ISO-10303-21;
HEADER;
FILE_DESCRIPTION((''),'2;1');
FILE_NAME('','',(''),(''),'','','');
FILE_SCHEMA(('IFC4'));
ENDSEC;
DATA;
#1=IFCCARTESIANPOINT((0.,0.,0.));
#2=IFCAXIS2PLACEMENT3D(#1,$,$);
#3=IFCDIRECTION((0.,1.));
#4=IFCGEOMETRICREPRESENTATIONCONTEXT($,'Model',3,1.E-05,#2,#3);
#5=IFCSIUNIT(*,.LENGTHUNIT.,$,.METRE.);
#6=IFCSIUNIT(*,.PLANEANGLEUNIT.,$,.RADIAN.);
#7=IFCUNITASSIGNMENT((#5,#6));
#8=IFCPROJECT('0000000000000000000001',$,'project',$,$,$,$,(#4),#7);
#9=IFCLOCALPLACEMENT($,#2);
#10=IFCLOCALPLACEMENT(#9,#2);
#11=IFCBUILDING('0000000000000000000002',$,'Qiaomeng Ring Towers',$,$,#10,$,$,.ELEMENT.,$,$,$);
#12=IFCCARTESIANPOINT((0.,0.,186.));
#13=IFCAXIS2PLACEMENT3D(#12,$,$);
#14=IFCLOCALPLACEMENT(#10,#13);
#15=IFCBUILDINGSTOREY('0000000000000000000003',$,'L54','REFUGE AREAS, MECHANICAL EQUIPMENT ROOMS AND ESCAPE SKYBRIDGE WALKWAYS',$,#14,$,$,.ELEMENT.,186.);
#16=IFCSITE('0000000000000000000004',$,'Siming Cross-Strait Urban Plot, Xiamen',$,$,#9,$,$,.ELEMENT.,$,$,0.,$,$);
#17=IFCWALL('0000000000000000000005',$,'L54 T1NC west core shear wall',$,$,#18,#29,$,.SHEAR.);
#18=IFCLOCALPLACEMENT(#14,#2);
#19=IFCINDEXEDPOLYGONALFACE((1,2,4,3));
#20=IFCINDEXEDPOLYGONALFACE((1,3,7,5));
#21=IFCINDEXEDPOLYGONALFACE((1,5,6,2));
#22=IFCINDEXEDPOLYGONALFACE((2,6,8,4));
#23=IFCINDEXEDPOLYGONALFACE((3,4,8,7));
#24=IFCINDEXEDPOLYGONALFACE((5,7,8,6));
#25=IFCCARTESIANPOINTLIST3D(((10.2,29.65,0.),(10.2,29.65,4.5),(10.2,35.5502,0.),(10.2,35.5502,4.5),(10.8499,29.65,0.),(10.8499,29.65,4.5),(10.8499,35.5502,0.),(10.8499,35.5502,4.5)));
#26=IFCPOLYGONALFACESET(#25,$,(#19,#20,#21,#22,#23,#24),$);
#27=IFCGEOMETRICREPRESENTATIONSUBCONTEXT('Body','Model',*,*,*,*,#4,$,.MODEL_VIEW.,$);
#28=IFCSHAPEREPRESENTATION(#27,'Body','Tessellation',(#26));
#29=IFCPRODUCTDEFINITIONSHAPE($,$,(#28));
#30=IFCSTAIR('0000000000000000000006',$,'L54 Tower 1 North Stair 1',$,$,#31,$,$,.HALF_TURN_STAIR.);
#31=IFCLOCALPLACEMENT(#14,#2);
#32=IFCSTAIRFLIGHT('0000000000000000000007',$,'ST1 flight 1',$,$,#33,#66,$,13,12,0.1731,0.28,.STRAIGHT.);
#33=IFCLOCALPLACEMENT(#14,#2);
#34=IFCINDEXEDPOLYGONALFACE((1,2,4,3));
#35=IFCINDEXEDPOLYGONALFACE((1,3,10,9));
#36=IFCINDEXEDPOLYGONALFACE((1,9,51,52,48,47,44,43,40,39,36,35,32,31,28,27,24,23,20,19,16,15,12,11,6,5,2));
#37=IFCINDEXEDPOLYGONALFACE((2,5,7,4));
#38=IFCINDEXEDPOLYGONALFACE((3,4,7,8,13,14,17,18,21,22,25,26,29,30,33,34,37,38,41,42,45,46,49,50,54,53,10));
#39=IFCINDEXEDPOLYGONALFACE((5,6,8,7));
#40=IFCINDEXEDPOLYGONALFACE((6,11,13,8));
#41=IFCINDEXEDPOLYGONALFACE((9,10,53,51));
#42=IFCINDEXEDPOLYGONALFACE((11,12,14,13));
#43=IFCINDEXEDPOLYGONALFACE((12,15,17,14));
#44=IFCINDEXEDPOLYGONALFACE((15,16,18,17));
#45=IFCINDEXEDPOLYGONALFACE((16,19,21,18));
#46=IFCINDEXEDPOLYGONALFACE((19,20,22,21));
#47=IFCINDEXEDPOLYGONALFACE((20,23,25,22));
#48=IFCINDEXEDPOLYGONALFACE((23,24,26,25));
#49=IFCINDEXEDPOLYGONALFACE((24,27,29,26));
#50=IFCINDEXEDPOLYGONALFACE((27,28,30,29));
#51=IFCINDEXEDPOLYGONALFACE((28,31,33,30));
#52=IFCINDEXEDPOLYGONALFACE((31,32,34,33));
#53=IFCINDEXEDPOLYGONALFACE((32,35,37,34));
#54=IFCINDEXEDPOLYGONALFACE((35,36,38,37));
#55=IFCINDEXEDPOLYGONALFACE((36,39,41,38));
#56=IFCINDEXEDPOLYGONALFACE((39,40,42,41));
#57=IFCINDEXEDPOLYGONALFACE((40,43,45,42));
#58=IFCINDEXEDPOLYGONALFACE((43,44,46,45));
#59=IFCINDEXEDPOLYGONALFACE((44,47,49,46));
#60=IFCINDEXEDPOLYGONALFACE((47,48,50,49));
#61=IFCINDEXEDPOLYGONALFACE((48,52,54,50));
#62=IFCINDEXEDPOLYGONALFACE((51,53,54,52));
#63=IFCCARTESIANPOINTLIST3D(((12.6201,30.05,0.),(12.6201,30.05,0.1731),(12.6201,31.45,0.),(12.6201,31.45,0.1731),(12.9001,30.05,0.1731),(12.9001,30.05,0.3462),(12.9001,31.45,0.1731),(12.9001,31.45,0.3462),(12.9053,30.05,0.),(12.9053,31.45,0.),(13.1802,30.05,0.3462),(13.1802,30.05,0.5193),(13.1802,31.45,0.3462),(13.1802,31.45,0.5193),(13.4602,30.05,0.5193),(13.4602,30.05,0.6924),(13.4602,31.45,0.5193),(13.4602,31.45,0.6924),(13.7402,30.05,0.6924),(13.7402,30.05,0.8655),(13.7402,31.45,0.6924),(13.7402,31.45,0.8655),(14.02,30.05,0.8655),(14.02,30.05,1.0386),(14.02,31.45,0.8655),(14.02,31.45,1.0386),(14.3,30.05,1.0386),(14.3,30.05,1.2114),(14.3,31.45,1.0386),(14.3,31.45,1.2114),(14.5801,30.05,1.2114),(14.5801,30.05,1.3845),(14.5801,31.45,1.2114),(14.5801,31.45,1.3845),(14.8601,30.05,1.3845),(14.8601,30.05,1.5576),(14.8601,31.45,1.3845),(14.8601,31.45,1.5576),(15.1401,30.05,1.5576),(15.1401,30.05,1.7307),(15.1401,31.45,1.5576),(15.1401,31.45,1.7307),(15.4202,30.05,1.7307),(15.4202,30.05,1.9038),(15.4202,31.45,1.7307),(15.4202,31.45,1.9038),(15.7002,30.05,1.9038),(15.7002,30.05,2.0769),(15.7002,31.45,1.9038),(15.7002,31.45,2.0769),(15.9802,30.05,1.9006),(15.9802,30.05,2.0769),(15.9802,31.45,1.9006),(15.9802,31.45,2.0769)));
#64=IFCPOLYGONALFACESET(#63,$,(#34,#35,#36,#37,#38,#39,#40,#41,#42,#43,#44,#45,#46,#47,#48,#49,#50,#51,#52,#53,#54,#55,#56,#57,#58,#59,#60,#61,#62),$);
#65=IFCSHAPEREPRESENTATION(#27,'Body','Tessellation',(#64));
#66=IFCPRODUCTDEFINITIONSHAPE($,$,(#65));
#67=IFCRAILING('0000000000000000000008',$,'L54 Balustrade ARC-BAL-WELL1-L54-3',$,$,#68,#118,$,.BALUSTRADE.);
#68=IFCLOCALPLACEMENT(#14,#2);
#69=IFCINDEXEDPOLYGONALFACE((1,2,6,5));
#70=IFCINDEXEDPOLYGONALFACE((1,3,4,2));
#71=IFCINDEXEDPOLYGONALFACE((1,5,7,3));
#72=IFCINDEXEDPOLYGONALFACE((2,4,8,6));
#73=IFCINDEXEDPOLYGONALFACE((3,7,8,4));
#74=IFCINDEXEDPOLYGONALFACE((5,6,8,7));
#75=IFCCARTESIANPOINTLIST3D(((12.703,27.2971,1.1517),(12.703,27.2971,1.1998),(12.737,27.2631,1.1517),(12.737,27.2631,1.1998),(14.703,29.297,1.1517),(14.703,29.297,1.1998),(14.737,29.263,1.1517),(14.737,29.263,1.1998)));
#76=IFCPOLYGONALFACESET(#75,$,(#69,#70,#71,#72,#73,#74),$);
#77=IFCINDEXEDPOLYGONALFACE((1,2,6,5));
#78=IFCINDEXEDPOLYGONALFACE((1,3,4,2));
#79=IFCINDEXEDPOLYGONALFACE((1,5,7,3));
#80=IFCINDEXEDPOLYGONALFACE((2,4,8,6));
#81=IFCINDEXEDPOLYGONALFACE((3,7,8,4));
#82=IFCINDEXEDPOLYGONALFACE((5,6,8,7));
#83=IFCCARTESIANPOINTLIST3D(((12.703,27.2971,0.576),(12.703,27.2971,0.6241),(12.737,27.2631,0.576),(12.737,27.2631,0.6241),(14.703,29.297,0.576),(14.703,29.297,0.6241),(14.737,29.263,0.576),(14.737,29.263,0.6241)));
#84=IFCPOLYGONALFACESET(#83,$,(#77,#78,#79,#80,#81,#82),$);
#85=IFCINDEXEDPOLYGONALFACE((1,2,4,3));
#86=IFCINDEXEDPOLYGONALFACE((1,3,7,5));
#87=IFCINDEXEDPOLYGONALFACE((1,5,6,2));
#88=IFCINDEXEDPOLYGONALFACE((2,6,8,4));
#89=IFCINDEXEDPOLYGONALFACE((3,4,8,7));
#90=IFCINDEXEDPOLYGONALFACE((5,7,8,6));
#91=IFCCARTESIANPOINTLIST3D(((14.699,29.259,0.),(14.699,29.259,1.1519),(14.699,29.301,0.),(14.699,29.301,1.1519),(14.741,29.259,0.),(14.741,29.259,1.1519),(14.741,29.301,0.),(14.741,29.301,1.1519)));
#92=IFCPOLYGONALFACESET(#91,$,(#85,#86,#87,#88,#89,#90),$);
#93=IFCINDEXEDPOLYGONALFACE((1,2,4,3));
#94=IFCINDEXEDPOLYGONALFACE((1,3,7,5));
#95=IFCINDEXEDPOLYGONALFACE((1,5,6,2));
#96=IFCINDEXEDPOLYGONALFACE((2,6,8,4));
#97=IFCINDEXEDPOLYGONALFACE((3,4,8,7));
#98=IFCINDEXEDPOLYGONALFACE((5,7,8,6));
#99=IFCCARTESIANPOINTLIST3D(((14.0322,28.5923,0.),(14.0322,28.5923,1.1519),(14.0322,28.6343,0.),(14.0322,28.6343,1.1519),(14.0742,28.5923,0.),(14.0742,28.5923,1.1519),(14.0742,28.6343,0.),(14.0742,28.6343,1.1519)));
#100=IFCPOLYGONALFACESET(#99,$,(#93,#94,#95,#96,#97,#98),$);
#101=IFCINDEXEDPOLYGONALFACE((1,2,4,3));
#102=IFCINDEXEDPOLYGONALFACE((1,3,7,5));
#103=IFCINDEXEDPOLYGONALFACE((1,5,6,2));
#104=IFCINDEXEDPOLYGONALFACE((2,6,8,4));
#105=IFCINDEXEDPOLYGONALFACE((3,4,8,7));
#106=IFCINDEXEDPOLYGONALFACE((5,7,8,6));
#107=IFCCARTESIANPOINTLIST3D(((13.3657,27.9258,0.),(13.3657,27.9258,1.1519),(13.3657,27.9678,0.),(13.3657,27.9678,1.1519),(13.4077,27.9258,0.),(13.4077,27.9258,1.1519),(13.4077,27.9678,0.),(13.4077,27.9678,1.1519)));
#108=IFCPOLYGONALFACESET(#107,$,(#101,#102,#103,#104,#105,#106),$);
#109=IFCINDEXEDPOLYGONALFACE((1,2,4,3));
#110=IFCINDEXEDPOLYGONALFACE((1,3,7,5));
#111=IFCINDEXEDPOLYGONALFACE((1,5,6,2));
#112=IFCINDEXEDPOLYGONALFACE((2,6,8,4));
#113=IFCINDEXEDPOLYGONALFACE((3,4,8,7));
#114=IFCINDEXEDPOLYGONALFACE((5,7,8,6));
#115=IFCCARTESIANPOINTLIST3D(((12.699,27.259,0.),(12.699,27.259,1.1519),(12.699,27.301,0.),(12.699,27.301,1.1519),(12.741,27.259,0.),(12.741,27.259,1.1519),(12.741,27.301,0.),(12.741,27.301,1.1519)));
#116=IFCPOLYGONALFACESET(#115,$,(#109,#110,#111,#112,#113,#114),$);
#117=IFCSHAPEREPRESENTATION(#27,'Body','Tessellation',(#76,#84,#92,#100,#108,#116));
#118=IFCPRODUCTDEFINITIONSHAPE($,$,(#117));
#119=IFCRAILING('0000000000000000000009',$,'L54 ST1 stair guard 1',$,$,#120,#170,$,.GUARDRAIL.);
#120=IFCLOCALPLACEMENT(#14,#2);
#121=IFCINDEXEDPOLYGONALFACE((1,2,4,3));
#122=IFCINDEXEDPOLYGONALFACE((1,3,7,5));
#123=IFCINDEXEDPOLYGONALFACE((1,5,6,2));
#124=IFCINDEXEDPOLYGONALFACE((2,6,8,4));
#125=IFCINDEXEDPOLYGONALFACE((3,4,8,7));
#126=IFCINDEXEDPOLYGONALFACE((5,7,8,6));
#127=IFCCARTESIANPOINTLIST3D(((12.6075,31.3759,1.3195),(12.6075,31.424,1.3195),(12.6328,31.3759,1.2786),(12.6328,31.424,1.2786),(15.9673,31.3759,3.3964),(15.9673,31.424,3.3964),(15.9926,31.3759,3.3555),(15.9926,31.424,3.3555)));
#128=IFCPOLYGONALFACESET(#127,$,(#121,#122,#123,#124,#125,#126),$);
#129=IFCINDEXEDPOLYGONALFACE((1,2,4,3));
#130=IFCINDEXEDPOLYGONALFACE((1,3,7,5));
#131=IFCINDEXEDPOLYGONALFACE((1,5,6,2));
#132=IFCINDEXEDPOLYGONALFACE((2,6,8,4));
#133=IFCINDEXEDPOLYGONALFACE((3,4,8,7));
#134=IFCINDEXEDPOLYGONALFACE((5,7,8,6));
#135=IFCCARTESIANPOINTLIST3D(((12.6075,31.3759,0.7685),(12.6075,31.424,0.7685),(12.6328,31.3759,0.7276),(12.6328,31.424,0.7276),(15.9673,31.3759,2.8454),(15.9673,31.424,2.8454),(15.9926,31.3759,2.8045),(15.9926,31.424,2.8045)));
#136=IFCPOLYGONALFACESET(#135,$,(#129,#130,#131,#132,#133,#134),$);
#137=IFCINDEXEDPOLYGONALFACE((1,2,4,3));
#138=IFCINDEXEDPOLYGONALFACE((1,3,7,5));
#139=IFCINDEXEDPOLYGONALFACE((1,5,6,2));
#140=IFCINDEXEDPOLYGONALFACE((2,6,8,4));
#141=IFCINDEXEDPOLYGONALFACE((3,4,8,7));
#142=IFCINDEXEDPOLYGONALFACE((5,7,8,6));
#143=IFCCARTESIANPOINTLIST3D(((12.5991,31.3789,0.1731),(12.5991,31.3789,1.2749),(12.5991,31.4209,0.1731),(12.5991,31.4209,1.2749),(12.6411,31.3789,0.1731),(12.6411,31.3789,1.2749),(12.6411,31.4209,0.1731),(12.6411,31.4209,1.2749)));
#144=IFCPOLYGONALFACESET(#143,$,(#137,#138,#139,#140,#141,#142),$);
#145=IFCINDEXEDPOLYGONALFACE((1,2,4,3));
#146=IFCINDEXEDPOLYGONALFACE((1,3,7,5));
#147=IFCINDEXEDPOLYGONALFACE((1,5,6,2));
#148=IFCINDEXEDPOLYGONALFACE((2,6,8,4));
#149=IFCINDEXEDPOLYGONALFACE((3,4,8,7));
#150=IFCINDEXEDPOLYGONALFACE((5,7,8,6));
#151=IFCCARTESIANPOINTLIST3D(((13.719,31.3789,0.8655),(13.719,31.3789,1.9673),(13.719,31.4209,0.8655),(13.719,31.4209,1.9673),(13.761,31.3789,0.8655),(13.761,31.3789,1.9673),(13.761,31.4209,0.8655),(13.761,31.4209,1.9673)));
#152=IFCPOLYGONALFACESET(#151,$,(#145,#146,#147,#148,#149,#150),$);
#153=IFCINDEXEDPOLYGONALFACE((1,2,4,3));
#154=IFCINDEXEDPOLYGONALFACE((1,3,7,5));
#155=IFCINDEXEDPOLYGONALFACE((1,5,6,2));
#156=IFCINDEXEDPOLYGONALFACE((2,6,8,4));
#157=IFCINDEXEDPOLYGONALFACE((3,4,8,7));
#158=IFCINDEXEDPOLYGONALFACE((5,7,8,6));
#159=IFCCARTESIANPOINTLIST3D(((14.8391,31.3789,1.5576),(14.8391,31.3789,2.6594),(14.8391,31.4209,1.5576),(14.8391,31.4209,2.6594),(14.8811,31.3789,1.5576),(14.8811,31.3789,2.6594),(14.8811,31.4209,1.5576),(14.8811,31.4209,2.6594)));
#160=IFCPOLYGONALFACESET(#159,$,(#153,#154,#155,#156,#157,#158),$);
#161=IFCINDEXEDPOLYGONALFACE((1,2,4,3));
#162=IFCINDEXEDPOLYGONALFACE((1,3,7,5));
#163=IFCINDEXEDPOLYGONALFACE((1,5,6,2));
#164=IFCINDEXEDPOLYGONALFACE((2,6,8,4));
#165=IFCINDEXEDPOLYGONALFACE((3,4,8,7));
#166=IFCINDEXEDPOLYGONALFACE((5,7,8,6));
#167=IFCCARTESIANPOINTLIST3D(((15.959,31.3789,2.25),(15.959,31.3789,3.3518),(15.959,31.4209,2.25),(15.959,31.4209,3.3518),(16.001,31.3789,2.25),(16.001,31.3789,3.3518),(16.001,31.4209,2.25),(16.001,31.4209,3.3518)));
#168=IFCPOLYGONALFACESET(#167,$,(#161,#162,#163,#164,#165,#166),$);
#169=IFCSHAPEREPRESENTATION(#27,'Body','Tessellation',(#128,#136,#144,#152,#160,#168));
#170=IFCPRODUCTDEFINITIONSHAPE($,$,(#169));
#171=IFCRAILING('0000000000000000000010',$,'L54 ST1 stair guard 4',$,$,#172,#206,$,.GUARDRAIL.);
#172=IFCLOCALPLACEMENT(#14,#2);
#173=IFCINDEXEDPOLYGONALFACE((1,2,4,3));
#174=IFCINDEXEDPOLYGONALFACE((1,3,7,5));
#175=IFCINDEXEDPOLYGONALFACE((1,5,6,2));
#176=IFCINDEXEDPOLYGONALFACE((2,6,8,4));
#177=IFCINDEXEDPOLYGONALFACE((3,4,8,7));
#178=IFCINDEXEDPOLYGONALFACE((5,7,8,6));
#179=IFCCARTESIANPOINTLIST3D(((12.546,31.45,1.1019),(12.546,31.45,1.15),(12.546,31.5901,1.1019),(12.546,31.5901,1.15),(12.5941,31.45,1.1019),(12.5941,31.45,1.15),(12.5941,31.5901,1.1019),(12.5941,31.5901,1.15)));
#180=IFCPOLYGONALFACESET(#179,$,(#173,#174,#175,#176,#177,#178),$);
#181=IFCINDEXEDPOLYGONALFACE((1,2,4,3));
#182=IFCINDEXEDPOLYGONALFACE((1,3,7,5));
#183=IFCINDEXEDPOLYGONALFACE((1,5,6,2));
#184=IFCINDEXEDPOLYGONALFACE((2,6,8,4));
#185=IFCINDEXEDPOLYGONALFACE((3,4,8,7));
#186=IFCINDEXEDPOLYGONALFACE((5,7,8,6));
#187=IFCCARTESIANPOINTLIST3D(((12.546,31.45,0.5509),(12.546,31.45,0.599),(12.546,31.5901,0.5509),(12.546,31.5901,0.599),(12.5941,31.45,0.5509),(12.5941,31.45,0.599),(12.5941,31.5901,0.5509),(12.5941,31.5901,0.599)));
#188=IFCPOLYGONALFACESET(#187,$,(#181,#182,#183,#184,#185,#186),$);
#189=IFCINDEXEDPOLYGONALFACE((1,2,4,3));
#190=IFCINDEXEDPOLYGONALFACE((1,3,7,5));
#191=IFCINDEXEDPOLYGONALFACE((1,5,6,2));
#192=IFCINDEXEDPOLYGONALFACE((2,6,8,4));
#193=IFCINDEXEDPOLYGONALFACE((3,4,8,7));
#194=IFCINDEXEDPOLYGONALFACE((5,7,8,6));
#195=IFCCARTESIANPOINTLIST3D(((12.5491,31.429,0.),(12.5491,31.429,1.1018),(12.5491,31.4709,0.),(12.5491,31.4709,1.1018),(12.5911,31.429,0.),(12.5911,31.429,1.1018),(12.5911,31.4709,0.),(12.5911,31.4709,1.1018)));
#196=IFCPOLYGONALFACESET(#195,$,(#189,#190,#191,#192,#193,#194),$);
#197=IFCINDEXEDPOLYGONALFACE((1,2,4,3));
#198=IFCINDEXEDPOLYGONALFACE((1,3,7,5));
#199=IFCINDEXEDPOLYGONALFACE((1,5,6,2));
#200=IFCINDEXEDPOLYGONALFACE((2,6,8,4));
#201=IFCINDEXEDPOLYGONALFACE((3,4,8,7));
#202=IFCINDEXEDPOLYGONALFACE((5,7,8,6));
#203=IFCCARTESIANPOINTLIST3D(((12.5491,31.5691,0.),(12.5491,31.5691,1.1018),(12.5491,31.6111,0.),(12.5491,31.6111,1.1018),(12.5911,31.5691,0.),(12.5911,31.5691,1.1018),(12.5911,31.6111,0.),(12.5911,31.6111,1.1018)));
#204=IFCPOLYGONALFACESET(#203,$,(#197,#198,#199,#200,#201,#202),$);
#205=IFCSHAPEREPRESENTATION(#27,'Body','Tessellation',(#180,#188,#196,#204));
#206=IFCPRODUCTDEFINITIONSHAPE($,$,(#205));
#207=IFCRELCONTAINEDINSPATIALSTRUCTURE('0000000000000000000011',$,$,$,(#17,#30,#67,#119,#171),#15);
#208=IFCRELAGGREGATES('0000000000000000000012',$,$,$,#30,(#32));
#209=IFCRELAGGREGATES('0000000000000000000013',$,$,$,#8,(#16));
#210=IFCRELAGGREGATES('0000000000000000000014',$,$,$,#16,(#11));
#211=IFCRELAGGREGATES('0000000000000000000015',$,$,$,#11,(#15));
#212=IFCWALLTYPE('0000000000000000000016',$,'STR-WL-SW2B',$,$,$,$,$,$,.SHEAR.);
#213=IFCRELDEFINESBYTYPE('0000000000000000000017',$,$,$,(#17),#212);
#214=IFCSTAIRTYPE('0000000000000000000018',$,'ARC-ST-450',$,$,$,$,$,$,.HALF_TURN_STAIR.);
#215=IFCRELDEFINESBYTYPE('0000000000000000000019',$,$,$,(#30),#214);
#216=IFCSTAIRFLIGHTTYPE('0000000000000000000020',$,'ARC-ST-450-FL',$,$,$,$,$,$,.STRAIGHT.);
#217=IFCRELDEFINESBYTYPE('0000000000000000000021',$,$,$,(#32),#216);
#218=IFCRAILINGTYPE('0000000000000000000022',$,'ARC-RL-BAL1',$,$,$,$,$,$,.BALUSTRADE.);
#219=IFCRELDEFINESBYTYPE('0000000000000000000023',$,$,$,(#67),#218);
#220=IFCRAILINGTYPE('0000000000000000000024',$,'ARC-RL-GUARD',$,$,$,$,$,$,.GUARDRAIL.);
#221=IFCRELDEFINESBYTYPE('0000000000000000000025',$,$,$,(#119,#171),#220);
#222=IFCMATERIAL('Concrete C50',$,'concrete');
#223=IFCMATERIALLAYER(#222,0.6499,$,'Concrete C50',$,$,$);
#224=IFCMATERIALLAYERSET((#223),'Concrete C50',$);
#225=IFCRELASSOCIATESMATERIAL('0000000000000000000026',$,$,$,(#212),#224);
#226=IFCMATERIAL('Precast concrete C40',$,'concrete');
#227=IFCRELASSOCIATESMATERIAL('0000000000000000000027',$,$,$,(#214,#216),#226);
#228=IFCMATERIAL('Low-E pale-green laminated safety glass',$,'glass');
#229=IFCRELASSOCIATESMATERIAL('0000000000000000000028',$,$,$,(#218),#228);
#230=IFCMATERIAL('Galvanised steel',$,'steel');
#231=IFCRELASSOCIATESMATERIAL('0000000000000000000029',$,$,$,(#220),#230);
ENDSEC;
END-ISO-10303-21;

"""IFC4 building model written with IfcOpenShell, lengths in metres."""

from ifc_helpers import new_model, si_unit, direction, frame, frame_2d, origin, origin_2d, place, context, subcontext, project, spatial, polyline, rectangle, outline, extrude, source, transform, mapped, material, layer, layer_set, type_object, element, aggregate, save


model = new_model("IFC4")

# Units and contexts
model_context = context("Model", 3, precision=1e-05, world=origin(), true_north=direction((0.0, 1.0)))
body_context = subcontext(model_context, "Body", "Model", "MODEL_VIEW")
ifc_project = project(units=[si_unit("LENGTHUNIT", "METRE"), si_unit("PLANEANGLEUNIT", "RADIAN")], contexts=[model_context])

# Site, building, storey
site_placement = place(None, origin())
site = spatial("IfcSite", under=ifc_project, at=site_placement, Name="Siming Cross-Strait Urban Plot, Xiamen", CompositionType="ELEMENT", RefElevation=0.0)
building_placement = place(site_placement, origin())
building = spatial("IfcBuilding", under=site, at=building_placement, Name="Qiaomeng Ring Towers", CompositionType="ELEMENT")
storey_placement = place(building_placement, frame((0.0, 0.0, 186.0)))
storey = spatial("IfcBuildingStorey", under=building, at=storey_placement, Name="L54", Description="REFUGE AREAS, MECHANICAL EQUIPMENT ROOMS AND ESCAPE SKYBRIDGE WALKWAYS", CompositionType="ELEMENT", Elevation=186.0)

# Shared definitions
ifc_material_1 = material(Name="Concrete C50", Category="concrete")

# Wall
ifc_layer_1 = layer(ifc_material_1, 0.6499, Name="Concrete C50")
ifc_layer_set_1 = layer_set([ifc_layer_1], Name="Concrete C50")
wall_type_1 = type_object("IfcWallType", Name="STR-WL-SW2B", PredefinedType="SHEAR", material=ifc_layer_set_1)
wall_1_placement = place(storey_placement, frame((10.5249, 29.6499, 0.0), z_axis=(0.0, 0.0, 1.0), x_axis=(0.0, 1.0, 0.0)))
element("IfcWall", 1, at=wall_1_placement, inside=storey, type_object=wall_type_1, Name="L54 T1NC west core shear wall", PredefinedType="SHEAR", context=body_context, shape_type="SweptSolid", body=[
    extrude(rectangle(XDim=5.9001, YDim=0.6499, at=frame_2d((2.9502, 0.0))), origin(), (0.0, 0.0, 1.0), 4.5),
])

# Stair, stair flight
ifc_material_2 = material(Name="Precast concrete C40", Category="concrete")
stair_type = type_object("IfcStairType", Name="ARC-ST-450", PredefinedType="HALF_TURN_STAIR", material=ifc_material_2)
stair_placement = place(storey_placement, origin())
stair = element("IfcStair", 2, at=stair_placement, inside=storey, type_object=stair_type, Name="L54 Tower 1 North Stair 1", PredefinedType="HALF_TURN_STAIR")
stair_flight_type = type_object("IfcStairFlightType", Name="ARC-ST-450-FL", PredefinedType="STRAIGHT", material=ifc_material_2)
shared_shape_1 = source(origin(), body_context, "Body", "SweptSolid", [
    extrude(outline(polyline([(0.0, 0.0), (0.0, 0.1731), (0.28, 0.1731), (0.28, 0.3462), (0.5601, 0.3462), (0.5601, 0.5193), (0.8401, 0.5193), (0.8401, 0.6924), (1.1201, 0.6924), (1.1201, 0.8655), (1.3999, 0.8655), (1.3999, 1.0386), (1.6799, 1.0386), (1.6799, 1.2114), (1.96, 1.2114), (1.96, 1.3845), (2.24, 1.3845), (2.24, 1.5576), (2.52, 1.5576), (2.52, 1.7307), (2.8, 1.7307), (2.8, 1.9038), (3.0801, 1.9038), (3.0801, 2.0769), (3.3601, 2.0769), (3.3601, 2.25), (3.3601, 1.9006), (0.2852, 0.0), (0.0, 0.0)])), frame((0.0, 0.7, 0.0), z_axis=(0.0, -1.0, 0.0), x_axis=(1.0, 0.0, 0.0)), (0.0, 0.0, 1.0), 1.3999),
])
stair_flight_placement = place(storey_placement, frame((12.6201, 30.75, 0.0), z_axis=(0.0, 0.0, 1.0), x_axis=(1.0, 0.0, 0.0)))
stair_flight = element("IfcStairFlight", 3, at=stair_flight_placement, type_object=stair_flight_type, Name="ST1 flight 1", NumberOfRisers=13, NumberOfTreads=12, PredefinedType="STRAIGHT", RiserHeight=0.1731, TreadLength=0.28, context=body_context, shape_type="MappedRepresentation", body=[
    mapped(shared_shape_1, transform((0.0, 0.0, 0.0), x_axis=(1.0, 0.0, 0.0), y_axis=(0.0, 1.0, 0.0), z_axis=(0.0, 0.0, 1.0), scale=1.0)),
])
aggregate(stair, [stair_flight])

# Railings
ifc_material_3 = material(Name="Low-E pale-green laminated safety glass", Category="glass")
railing_type_1 = type_object("IfcRailingType", Name="ARC-RL-BAL1", PredefinedType="BALUSTRADE", material=ifc_material_3)
railing_1_placement = place(storey_placement, frame((14.72, 29.28, 0.0)))
element("IfcRailing", 4, at=railing_1_placement, inside=storey, type_object=railing_type_1, Name="L54 Balustrade ARC-BAL-WELL1-L54-3", PredefinedType="BALUSTRADE", context=body_context, shape_type="SweptSolid", body=[
    extrude(rectangle(XDim=0.0481, YDim=0.0481, at=origin_2d()), frame((0.0, 0.0, 1.1758), z_axis=(-0.707107, -0.707107, 0.0), x_axis=(0.707107, -0.707107, 0.0)), (0.0, 0.0, 1.0), 2.8284),
    extrude(rectangle(XDim=0.0481, YDim=0.0481, at=origin_2d()), frame((0.0, 0.0, 0.6001), z_axis=(-0.707107, -0.707107, 0.0), x_axis=(0.707107, -0.707107, 0.0)), (0.0, 0.0, 1.0), 2.8284),
    extrude(rectangle(XDim=0.042, YDim=0.042, at=origin_2d()), origin(), (0.0, 0.0, 1.0), 1.1519),
    extrude(rectangle(XDim=0.042, YDim=0.042, at=origin_2d()), frame((-0.6667, -0.6667, 0.0)), (0.0, 0.0, 1.0), 1.1519),
    extrude(rectangle(XDim=0.042, YDim=0.042, at=origin_2d()), frame((-1.3333, -1.3333, 0.0)), (0.0, 0.0, 1.0), 1.1519),
    extrude(rectangle(XDim=0.042, YDim=0.042, at=origin_2d()), frame((-2.0, -2.0, 0.0)), (0.0, 0.0, 1.0), 1.1519),
])
ifc_material_4 = material(Name="Galvanised steel", Category="steel")
railing_type_2 = type_object("IfcRailingType", Name="ARC-RL-GUARD", PredefinedType="GUARDRAIL", material=ifc_material_4)
railing_2_placement = place(storey_placement, frame((12.6201, 31.3999, 0.1731)))
element("IfcRailing", 5, at=railing_2_placement, inside=storey, type_object=railing_type_2, Name="L54 ST1 stair guard 1", PredefinedType="GUARDRAIL", context=body_context, shape_type="SweptSolid", body=[
    extrude(rectangle(XDim=0.0481, YDim=0.0481, at=origin_2d()), frame((0.0, 0.0, 1.126), z_axis=(0.850606, 0.0, 0.525803), x_axis=(0.0, 1.0, 0.0)), (0.0, 0.0, 1.0), 3.95),
    extrude(rectangle(XDim=0.0481, YDim=0.0481, at=origin_2d()), frame((0.0, 0.0, 0.575), z_axis=(0.850606, 0.0, 0.525803), x_axis=(0.0, 1.0, 0.0)), (0.0, 0.0, 1.0), 3.95),
    extrude(rectangle(XDim=0.042, YDim=0.042, at=origin_2d()), origin(), (0.0, 0.0, 1.0), 1.1018),
    extrude(rectangle(XDim=0.042, YDim=0.042, at=origin_2d()), frame((1.1199, 0.0, 0.6924)), (0.0, 0.0, 1.0), 1.1018),
    extrude(rectangle(XDim=0.042, YDim=0.042, at=origin_2d()), frame((2.24, 0.0, 1.3845)), (0.0, 0.0, 1.0), 1.1018),
    extrude(rectangle(XDim=0.042, YDim=0.042, at=origin_2d()), frame((3.3599, 0.0, 2.0769)), (0.0, 0.0, 1.0), 1.1018),
])
railing_3_placement = place(storey_placement, frame((12.5701, 31.45, 0.0)))
element("IfcRailing", 6, at=railing_3_placement, inside=storey, type_object=railing_type_2, Name="L54 ST1 stair guard 4", PredefinedType="GUARDRAIL", context=body_context, shape_type="SweptSolid", body=[
    extrude(rectangle(XDim=0.0481, YDim=0.0481, at=origin_2d()), frame((0.0, 0.0, 1.126), z_axis=(0.0, 1.0, 0.0), x_axis=(-1.0, 0.0, 0.0)), (0.0, 0.0, 1.0), 0.1401),
    extrude(rectangle(XDim=0.0481, YDim=0.0481, at=origin_2d()), frame((0.0, 0.0, 0.575), z_axis=(0.0, 1.0, 0.0), x_axis=(-1.0, 0.0, 0.0)), (0.0, 0.0, 1.0), 0.1401),
    extrude(rectangle(XDim=0.042, YDim=0.042, at=origin_2d()), origin(), (0.0, 0.0, 1.0), 1.1018),
    extrude(rectangle(XDim=0.042, YDim=0.042, at=origin_2d()), frame((0.0, 0.1401, 0.0)), (0.0, 0.0, 1.0), 1.1018),
])

save(model, "model.ifc")
